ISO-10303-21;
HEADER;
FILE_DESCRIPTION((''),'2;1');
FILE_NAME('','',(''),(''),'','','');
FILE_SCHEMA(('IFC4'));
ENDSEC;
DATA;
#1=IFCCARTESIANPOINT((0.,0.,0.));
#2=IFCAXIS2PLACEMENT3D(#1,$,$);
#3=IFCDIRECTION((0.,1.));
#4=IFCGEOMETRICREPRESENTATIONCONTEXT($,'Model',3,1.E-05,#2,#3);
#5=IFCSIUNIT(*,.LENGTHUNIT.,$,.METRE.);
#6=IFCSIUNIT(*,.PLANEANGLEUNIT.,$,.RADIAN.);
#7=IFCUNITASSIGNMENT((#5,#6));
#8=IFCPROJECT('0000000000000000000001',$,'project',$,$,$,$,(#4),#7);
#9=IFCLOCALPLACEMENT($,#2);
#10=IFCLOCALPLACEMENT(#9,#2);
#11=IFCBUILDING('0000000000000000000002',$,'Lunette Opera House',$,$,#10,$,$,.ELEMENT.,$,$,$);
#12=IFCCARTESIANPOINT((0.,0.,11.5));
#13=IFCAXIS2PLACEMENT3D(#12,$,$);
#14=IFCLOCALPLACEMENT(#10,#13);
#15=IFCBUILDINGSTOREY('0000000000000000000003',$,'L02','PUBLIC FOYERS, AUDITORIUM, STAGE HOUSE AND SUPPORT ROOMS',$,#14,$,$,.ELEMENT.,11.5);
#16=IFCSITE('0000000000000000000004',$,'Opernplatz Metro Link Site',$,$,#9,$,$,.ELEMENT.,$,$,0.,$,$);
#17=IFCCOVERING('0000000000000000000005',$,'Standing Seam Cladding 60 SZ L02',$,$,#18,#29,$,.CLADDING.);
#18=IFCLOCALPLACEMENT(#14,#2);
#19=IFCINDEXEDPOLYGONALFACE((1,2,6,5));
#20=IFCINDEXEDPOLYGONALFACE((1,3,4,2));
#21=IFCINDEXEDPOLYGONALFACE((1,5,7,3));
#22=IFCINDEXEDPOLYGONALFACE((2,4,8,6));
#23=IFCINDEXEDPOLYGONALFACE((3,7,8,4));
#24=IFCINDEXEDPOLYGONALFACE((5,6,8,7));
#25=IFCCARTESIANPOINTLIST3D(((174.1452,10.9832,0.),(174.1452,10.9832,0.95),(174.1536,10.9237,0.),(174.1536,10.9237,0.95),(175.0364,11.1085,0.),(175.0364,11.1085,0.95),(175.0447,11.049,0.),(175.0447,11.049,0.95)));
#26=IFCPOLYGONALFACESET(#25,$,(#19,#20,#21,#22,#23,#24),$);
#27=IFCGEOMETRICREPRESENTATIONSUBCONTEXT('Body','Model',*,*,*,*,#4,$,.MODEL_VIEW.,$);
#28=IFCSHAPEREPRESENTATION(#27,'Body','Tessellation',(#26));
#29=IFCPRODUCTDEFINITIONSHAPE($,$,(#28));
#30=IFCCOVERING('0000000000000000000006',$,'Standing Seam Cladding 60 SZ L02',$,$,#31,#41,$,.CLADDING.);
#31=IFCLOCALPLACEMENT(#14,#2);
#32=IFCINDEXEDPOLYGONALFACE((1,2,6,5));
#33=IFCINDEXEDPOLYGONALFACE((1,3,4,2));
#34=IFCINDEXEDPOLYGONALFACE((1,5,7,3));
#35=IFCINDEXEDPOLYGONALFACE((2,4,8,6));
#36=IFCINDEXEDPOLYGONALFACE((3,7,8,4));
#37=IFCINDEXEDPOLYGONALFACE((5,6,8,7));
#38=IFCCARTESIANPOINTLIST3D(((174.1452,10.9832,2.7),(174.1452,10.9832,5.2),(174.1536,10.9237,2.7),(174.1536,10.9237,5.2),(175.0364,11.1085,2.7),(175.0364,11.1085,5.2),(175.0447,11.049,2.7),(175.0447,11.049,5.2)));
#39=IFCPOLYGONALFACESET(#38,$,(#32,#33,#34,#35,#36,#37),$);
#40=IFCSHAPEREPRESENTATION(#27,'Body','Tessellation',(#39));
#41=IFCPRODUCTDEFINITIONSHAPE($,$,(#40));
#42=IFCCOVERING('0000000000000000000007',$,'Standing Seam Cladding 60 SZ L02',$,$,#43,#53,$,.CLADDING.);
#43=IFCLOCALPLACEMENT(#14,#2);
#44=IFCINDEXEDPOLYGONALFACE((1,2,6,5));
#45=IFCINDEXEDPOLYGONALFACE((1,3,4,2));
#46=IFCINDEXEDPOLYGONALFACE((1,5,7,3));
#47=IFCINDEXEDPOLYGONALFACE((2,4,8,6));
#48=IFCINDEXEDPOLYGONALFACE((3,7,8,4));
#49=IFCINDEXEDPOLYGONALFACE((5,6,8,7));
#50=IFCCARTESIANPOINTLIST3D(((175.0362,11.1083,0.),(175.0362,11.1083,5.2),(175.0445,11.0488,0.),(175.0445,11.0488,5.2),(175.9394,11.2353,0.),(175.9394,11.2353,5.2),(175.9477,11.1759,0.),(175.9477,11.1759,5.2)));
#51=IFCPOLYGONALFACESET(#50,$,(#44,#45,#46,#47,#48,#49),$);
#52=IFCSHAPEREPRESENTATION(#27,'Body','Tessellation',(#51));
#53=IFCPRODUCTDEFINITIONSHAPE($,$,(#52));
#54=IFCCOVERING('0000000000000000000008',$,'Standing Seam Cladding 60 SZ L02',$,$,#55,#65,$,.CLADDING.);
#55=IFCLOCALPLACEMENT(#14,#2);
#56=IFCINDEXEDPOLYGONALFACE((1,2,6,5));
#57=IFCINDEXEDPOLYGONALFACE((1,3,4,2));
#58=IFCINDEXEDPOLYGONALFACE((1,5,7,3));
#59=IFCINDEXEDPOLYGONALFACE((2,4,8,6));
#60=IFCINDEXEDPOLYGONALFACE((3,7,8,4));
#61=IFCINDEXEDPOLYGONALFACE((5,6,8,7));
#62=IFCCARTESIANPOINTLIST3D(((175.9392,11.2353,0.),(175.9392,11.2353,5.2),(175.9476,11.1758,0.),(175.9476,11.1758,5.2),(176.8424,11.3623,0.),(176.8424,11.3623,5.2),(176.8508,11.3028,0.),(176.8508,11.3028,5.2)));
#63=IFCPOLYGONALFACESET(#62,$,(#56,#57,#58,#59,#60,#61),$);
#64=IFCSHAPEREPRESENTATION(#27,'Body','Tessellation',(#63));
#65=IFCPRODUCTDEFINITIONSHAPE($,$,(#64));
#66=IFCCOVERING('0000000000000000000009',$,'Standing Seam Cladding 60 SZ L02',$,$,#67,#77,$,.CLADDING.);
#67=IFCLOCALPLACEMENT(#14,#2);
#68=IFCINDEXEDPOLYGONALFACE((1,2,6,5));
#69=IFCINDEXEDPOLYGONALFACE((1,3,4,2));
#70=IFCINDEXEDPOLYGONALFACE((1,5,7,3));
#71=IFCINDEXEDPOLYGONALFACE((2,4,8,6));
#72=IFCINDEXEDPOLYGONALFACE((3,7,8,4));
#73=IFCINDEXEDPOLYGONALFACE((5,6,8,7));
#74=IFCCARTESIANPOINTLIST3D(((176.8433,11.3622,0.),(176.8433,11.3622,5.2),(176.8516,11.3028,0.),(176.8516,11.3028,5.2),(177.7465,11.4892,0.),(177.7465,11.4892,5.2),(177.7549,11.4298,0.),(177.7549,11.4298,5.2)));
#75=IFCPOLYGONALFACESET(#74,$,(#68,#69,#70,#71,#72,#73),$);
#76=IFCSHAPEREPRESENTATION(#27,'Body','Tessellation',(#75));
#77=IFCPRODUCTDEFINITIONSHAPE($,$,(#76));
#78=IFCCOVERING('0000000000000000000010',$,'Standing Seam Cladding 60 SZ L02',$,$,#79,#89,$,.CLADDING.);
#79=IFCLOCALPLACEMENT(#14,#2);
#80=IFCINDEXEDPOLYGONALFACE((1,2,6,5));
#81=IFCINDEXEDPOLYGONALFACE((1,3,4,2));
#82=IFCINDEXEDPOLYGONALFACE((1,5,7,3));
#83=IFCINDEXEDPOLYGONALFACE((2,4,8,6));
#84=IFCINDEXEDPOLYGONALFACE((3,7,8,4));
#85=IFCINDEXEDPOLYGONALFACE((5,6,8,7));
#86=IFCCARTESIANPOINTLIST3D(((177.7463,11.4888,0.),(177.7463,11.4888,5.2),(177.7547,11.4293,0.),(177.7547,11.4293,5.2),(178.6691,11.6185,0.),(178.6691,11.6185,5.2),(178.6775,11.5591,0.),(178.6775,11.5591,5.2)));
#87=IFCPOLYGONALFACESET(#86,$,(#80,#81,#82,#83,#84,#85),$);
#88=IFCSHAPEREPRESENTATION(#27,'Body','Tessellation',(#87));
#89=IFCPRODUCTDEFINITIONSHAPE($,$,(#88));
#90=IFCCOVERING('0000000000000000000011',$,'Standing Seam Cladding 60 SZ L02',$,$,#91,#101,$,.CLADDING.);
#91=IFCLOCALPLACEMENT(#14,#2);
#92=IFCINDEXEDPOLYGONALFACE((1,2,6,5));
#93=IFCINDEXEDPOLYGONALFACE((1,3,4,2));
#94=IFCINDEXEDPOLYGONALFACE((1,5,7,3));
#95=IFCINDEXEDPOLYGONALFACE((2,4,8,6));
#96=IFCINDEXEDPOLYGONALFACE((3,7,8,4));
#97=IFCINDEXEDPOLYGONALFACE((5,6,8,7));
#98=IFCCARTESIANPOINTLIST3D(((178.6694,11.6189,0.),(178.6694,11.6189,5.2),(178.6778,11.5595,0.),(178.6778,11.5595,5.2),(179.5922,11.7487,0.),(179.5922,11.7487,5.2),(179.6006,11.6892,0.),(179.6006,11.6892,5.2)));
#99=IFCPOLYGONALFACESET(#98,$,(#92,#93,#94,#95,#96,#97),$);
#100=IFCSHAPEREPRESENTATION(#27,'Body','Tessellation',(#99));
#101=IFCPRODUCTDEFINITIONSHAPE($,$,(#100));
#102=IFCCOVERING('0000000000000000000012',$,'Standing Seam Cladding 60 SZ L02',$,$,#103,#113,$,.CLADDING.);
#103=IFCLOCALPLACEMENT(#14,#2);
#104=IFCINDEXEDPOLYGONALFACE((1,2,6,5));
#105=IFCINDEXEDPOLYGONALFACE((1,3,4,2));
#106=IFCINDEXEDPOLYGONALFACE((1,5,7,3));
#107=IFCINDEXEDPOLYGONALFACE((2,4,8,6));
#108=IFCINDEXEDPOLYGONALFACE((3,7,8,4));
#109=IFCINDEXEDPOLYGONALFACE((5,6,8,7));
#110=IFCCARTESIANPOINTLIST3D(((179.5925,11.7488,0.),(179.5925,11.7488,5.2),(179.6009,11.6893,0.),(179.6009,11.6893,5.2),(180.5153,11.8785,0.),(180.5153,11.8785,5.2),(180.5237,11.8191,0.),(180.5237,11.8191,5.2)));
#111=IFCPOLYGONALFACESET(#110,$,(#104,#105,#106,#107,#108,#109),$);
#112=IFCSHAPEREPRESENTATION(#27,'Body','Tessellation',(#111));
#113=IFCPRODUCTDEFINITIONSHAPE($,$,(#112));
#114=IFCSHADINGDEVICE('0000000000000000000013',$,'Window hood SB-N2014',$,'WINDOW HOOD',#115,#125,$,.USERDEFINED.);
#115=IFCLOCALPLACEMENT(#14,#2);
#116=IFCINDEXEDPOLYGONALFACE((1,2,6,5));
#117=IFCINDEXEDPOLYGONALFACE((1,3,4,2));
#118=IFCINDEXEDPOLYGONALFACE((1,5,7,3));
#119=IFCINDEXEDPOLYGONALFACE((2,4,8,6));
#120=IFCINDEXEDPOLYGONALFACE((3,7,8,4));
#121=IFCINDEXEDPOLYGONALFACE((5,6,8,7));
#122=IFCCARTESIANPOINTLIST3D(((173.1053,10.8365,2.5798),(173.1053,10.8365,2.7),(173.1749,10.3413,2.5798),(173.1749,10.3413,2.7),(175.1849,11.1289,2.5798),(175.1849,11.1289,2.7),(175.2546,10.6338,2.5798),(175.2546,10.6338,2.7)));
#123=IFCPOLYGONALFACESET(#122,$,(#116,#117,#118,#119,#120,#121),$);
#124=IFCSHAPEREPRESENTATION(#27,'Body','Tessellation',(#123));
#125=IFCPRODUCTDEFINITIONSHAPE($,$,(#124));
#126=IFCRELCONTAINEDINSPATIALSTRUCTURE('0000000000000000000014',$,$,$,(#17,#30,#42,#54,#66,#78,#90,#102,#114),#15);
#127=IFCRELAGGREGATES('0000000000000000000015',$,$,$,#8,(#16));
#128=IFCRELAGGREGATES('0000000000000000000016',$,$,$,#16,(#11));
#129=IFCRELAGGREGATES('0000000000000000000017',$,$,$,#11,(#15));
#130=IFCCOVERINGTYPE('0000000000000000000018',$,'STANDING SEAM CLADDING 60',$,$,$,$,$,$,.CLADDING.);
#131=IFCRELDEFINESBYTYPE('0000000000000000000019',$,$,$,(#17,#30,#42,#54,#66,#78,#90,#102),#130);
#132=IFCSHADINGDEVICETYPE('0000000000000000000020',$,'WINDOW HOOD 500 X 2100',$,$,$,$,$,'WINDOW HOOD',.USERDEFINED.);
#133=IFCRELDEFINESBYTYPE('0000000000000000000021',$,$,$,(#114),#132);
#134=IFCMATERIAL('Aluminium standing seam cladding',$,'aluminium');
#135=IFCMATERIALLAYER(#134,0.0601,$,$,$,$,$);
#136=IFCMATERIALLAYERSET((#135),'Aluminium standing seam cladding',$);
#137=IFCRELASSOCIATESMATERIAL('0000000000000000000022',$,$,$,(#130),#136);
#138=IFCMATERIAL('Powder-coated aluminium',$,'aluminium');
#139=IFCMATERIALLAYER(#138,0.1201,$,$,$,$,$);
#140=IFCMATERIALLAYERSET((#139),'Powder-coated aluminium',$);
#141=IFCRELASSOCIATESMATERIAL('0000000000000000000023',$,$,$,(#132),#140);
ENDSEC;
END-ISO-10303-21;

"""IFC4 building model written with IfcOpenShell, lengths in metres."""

from ifc_helpers import new_model, si_unit, direction, frame, origin, origin_2d, place, context, subcontext, project, spatial, rectangle, extrude, material, layer, layer_set, type_object, element, save


model = new_model("IFC4")

# Units and contexts
model_context = context("Model", 3, precision=1e-05, world=origin(), true_north=direction((0.0, 1.0)))
body_context = subcontext(model_context, "Body", "Model", "MODEL_VIEW")
ifc_project = project(units=[si_unit("LENGTHUNIT", "METRE"), si_unit("PLANEANGLEUNIT", "RADIAN")], contexts=[model_context])

# Site, building, storey
site_placement = place(None, origin())
site = spatial("IfcSite", under=ifc_project, at=site_placement, Name="Opernplatz Metro Link Site", CompositionType="ELEMENT", RefElevation=0.0)
building_placement = place(site_placement, origin())
building = spatial("IfcBuilding", under=site, at=building_placement, Name="Lunette Opera House", CompositionType="ELEMENT")
storey_placement = place(building_placement, frame((0.0, 0.0, 11.5)))
storey = spatial("IfcBuildingStorey", under=building, at=storey_placement, Name="L02", Description="PUBLIC FOYERS, AUDITORIUM, STAGE HOUSE AND SUPPORT ROOMS", CompositionType="ELEMENT", Elevation=11.5)

# Coverings
ifc_material_1 = material(Name="Aluminium standing seam cladding", Category="aluminium")
ifc_layer_1 = layer(ifc_material_1, 0.0601)
ifc_layer_set_1 = layer_set([ifc_layer_1], Name="Aluminium standing seam cladding")
covering_type = type_object("IfcCoveringType", Name="STANDING SEAM CLADDING 60", PredefinedType="CLADDING", material=ifc_layer_set_1)
covering_1_placement = place(storey_placement, frame((174.595, 11.0161, 0.0), z_axis=(0.0, 0.0, 1.0), x_axis=(0.990258, 0.139246, 0.0)))
element("IfcCovering", 1, at=covering_1_placement, inside=storey, type_object=covering_type, Name="Standing Seam Cladding 60 SZ L02", PredefinedType="CLADDING", context=body_context, shape_type="SweptSolid", body=[
    extrude(rectangle(XDim=0.8999, YDim=0.0601, at=origin_2d()), origin(), (0.0, 0.0, 1.0), 0.95),
])
covering_2_placement = place(storey_placement, frame((174.595, 11.0161, 2.7), z_axis=(0.0, 0.0, 1.0), x_axis=(0.990258, 0.139246, 0.0)))
element("IfcCovering", 2, at=covering_2_placement, inside=storey, type_object=covering_type, Name="Standing Seam Cladding 60 SZ L02", PredefinedType="CLADDING", context=body_context, shape_type="SweptSolid", body=[
    extrude(rectangle(XDim=0.8999, YDim=0.0601, at=origin_2d()), origin(), (0.0, 0.0, 1.0), 2.5),
])
for number, where, z_axis, x_axis, name in (
    (3, (175.4919, 11.1421, 0.0), (0.0, 0.0, 1.0), (0.990258, 0.139246, 0.0), "Standing Seam Cladding 60 SZ L02"),
    (4, (176.395, 11.269, 0.0), (0.0, 0.0, 1.0), (0.990258, 0.139246, 0.0), "Standing Seam Cladding 60 SZ L02"),
    (5, (177.2991, 11.396, 0.0), (0.0, 0.0, 1.0), (0.990258, 0.139246, 0.0), "Standing Seam Cladding 60 SZ L02"),
):
    element("IfcCovering", number, at=place(storey_placement, frame(where, z_axis=z_axis, x_axis=x_axis)), inside=storey, type_object=covering_type, Name=name, PredefinedType="CLADDING", context=body_context, shape_type="SweptSolid", body=[
        extrude(rectangle(XDim=0.9121, YDim=0.0601, at=origin_2d()), origin(), (0.0, 0.0, 1.0), 5.2),
    ])
for number, where, z_axis, x_axis, name in (
    (6, (178.2119, 11.5239, 0.0), (0.0, 0.0, 1.0), (0.990263, 0.139206, 0.0), "Standing Seam Cladding 60 SZ L02"),
    (7, (179.135, 11.6541, 0.0), (0.0, 0.0, 1.0), (0.990263, 0.139206, 0.0), "Standing Seam Cladding 60 SZ L02"),
    (8, (180.0581, 11.7839, 0.0), (0.0, 0.0, 1.0), (0.990263, 0.139206, 0.0), "Standing Seam Cladding 60 SZ L02"),
):
    element("IfcCovering", number, at=place(storey_placement, frame(where, z_axis=z_axis, x_axis=x_axis)), inside=storey, type_object=covering_type, Name=name, PredefinedType="CLADDING", context=body_context, shape_type="SweptSolid", body=[
        extrude(rectangle(XDim=0.9319, YDim=0.0601, at=origin_2d()), origin(), (0.0, 0.0, 1.0), 5.2),
    ])

# Shading device
ifc_material_2 = material(Name="Powder-coated aluminium", Category="aluminium")
ifc_layer_2 = layer(ifc_material_2, 0.1201)
ifc_layer_set_2 = layer_set([ifc_layer_2], Name="Powder-coated aluminium")
shading_device_type = type_object("IfcShadingDeviceType", Name="WINDOW HOOD 500 X 2100", ElementType="WINDOW HOOD", PredefinedType="USERDEFINED", material=ifc_layer_set_2)
shading_device_placement = place(storey_placement, frame((174.1799, 10.7351, 2.5798), z_axis=(0.0, 0.0, 1.0), x_axis=(0.139246, -0.990258, 0.0)))
element("IfcShadingDevice", 9, at=shading_device_placement, inside=storey, type_object=shading_device_type, Name="Window hood SB-N2014", ObjectType="WINDOW HOOD", PredefinedType="USERDEFINED", context=body_context, shape_type="SweptSolid", body=[
    extrude(rectangle(XDim=0.5, YDim=2.1001, at=origin_2d()), origin(), (0.0, 0.0, 1.0), 0.1201),
])

save(model, "model.ifc")
